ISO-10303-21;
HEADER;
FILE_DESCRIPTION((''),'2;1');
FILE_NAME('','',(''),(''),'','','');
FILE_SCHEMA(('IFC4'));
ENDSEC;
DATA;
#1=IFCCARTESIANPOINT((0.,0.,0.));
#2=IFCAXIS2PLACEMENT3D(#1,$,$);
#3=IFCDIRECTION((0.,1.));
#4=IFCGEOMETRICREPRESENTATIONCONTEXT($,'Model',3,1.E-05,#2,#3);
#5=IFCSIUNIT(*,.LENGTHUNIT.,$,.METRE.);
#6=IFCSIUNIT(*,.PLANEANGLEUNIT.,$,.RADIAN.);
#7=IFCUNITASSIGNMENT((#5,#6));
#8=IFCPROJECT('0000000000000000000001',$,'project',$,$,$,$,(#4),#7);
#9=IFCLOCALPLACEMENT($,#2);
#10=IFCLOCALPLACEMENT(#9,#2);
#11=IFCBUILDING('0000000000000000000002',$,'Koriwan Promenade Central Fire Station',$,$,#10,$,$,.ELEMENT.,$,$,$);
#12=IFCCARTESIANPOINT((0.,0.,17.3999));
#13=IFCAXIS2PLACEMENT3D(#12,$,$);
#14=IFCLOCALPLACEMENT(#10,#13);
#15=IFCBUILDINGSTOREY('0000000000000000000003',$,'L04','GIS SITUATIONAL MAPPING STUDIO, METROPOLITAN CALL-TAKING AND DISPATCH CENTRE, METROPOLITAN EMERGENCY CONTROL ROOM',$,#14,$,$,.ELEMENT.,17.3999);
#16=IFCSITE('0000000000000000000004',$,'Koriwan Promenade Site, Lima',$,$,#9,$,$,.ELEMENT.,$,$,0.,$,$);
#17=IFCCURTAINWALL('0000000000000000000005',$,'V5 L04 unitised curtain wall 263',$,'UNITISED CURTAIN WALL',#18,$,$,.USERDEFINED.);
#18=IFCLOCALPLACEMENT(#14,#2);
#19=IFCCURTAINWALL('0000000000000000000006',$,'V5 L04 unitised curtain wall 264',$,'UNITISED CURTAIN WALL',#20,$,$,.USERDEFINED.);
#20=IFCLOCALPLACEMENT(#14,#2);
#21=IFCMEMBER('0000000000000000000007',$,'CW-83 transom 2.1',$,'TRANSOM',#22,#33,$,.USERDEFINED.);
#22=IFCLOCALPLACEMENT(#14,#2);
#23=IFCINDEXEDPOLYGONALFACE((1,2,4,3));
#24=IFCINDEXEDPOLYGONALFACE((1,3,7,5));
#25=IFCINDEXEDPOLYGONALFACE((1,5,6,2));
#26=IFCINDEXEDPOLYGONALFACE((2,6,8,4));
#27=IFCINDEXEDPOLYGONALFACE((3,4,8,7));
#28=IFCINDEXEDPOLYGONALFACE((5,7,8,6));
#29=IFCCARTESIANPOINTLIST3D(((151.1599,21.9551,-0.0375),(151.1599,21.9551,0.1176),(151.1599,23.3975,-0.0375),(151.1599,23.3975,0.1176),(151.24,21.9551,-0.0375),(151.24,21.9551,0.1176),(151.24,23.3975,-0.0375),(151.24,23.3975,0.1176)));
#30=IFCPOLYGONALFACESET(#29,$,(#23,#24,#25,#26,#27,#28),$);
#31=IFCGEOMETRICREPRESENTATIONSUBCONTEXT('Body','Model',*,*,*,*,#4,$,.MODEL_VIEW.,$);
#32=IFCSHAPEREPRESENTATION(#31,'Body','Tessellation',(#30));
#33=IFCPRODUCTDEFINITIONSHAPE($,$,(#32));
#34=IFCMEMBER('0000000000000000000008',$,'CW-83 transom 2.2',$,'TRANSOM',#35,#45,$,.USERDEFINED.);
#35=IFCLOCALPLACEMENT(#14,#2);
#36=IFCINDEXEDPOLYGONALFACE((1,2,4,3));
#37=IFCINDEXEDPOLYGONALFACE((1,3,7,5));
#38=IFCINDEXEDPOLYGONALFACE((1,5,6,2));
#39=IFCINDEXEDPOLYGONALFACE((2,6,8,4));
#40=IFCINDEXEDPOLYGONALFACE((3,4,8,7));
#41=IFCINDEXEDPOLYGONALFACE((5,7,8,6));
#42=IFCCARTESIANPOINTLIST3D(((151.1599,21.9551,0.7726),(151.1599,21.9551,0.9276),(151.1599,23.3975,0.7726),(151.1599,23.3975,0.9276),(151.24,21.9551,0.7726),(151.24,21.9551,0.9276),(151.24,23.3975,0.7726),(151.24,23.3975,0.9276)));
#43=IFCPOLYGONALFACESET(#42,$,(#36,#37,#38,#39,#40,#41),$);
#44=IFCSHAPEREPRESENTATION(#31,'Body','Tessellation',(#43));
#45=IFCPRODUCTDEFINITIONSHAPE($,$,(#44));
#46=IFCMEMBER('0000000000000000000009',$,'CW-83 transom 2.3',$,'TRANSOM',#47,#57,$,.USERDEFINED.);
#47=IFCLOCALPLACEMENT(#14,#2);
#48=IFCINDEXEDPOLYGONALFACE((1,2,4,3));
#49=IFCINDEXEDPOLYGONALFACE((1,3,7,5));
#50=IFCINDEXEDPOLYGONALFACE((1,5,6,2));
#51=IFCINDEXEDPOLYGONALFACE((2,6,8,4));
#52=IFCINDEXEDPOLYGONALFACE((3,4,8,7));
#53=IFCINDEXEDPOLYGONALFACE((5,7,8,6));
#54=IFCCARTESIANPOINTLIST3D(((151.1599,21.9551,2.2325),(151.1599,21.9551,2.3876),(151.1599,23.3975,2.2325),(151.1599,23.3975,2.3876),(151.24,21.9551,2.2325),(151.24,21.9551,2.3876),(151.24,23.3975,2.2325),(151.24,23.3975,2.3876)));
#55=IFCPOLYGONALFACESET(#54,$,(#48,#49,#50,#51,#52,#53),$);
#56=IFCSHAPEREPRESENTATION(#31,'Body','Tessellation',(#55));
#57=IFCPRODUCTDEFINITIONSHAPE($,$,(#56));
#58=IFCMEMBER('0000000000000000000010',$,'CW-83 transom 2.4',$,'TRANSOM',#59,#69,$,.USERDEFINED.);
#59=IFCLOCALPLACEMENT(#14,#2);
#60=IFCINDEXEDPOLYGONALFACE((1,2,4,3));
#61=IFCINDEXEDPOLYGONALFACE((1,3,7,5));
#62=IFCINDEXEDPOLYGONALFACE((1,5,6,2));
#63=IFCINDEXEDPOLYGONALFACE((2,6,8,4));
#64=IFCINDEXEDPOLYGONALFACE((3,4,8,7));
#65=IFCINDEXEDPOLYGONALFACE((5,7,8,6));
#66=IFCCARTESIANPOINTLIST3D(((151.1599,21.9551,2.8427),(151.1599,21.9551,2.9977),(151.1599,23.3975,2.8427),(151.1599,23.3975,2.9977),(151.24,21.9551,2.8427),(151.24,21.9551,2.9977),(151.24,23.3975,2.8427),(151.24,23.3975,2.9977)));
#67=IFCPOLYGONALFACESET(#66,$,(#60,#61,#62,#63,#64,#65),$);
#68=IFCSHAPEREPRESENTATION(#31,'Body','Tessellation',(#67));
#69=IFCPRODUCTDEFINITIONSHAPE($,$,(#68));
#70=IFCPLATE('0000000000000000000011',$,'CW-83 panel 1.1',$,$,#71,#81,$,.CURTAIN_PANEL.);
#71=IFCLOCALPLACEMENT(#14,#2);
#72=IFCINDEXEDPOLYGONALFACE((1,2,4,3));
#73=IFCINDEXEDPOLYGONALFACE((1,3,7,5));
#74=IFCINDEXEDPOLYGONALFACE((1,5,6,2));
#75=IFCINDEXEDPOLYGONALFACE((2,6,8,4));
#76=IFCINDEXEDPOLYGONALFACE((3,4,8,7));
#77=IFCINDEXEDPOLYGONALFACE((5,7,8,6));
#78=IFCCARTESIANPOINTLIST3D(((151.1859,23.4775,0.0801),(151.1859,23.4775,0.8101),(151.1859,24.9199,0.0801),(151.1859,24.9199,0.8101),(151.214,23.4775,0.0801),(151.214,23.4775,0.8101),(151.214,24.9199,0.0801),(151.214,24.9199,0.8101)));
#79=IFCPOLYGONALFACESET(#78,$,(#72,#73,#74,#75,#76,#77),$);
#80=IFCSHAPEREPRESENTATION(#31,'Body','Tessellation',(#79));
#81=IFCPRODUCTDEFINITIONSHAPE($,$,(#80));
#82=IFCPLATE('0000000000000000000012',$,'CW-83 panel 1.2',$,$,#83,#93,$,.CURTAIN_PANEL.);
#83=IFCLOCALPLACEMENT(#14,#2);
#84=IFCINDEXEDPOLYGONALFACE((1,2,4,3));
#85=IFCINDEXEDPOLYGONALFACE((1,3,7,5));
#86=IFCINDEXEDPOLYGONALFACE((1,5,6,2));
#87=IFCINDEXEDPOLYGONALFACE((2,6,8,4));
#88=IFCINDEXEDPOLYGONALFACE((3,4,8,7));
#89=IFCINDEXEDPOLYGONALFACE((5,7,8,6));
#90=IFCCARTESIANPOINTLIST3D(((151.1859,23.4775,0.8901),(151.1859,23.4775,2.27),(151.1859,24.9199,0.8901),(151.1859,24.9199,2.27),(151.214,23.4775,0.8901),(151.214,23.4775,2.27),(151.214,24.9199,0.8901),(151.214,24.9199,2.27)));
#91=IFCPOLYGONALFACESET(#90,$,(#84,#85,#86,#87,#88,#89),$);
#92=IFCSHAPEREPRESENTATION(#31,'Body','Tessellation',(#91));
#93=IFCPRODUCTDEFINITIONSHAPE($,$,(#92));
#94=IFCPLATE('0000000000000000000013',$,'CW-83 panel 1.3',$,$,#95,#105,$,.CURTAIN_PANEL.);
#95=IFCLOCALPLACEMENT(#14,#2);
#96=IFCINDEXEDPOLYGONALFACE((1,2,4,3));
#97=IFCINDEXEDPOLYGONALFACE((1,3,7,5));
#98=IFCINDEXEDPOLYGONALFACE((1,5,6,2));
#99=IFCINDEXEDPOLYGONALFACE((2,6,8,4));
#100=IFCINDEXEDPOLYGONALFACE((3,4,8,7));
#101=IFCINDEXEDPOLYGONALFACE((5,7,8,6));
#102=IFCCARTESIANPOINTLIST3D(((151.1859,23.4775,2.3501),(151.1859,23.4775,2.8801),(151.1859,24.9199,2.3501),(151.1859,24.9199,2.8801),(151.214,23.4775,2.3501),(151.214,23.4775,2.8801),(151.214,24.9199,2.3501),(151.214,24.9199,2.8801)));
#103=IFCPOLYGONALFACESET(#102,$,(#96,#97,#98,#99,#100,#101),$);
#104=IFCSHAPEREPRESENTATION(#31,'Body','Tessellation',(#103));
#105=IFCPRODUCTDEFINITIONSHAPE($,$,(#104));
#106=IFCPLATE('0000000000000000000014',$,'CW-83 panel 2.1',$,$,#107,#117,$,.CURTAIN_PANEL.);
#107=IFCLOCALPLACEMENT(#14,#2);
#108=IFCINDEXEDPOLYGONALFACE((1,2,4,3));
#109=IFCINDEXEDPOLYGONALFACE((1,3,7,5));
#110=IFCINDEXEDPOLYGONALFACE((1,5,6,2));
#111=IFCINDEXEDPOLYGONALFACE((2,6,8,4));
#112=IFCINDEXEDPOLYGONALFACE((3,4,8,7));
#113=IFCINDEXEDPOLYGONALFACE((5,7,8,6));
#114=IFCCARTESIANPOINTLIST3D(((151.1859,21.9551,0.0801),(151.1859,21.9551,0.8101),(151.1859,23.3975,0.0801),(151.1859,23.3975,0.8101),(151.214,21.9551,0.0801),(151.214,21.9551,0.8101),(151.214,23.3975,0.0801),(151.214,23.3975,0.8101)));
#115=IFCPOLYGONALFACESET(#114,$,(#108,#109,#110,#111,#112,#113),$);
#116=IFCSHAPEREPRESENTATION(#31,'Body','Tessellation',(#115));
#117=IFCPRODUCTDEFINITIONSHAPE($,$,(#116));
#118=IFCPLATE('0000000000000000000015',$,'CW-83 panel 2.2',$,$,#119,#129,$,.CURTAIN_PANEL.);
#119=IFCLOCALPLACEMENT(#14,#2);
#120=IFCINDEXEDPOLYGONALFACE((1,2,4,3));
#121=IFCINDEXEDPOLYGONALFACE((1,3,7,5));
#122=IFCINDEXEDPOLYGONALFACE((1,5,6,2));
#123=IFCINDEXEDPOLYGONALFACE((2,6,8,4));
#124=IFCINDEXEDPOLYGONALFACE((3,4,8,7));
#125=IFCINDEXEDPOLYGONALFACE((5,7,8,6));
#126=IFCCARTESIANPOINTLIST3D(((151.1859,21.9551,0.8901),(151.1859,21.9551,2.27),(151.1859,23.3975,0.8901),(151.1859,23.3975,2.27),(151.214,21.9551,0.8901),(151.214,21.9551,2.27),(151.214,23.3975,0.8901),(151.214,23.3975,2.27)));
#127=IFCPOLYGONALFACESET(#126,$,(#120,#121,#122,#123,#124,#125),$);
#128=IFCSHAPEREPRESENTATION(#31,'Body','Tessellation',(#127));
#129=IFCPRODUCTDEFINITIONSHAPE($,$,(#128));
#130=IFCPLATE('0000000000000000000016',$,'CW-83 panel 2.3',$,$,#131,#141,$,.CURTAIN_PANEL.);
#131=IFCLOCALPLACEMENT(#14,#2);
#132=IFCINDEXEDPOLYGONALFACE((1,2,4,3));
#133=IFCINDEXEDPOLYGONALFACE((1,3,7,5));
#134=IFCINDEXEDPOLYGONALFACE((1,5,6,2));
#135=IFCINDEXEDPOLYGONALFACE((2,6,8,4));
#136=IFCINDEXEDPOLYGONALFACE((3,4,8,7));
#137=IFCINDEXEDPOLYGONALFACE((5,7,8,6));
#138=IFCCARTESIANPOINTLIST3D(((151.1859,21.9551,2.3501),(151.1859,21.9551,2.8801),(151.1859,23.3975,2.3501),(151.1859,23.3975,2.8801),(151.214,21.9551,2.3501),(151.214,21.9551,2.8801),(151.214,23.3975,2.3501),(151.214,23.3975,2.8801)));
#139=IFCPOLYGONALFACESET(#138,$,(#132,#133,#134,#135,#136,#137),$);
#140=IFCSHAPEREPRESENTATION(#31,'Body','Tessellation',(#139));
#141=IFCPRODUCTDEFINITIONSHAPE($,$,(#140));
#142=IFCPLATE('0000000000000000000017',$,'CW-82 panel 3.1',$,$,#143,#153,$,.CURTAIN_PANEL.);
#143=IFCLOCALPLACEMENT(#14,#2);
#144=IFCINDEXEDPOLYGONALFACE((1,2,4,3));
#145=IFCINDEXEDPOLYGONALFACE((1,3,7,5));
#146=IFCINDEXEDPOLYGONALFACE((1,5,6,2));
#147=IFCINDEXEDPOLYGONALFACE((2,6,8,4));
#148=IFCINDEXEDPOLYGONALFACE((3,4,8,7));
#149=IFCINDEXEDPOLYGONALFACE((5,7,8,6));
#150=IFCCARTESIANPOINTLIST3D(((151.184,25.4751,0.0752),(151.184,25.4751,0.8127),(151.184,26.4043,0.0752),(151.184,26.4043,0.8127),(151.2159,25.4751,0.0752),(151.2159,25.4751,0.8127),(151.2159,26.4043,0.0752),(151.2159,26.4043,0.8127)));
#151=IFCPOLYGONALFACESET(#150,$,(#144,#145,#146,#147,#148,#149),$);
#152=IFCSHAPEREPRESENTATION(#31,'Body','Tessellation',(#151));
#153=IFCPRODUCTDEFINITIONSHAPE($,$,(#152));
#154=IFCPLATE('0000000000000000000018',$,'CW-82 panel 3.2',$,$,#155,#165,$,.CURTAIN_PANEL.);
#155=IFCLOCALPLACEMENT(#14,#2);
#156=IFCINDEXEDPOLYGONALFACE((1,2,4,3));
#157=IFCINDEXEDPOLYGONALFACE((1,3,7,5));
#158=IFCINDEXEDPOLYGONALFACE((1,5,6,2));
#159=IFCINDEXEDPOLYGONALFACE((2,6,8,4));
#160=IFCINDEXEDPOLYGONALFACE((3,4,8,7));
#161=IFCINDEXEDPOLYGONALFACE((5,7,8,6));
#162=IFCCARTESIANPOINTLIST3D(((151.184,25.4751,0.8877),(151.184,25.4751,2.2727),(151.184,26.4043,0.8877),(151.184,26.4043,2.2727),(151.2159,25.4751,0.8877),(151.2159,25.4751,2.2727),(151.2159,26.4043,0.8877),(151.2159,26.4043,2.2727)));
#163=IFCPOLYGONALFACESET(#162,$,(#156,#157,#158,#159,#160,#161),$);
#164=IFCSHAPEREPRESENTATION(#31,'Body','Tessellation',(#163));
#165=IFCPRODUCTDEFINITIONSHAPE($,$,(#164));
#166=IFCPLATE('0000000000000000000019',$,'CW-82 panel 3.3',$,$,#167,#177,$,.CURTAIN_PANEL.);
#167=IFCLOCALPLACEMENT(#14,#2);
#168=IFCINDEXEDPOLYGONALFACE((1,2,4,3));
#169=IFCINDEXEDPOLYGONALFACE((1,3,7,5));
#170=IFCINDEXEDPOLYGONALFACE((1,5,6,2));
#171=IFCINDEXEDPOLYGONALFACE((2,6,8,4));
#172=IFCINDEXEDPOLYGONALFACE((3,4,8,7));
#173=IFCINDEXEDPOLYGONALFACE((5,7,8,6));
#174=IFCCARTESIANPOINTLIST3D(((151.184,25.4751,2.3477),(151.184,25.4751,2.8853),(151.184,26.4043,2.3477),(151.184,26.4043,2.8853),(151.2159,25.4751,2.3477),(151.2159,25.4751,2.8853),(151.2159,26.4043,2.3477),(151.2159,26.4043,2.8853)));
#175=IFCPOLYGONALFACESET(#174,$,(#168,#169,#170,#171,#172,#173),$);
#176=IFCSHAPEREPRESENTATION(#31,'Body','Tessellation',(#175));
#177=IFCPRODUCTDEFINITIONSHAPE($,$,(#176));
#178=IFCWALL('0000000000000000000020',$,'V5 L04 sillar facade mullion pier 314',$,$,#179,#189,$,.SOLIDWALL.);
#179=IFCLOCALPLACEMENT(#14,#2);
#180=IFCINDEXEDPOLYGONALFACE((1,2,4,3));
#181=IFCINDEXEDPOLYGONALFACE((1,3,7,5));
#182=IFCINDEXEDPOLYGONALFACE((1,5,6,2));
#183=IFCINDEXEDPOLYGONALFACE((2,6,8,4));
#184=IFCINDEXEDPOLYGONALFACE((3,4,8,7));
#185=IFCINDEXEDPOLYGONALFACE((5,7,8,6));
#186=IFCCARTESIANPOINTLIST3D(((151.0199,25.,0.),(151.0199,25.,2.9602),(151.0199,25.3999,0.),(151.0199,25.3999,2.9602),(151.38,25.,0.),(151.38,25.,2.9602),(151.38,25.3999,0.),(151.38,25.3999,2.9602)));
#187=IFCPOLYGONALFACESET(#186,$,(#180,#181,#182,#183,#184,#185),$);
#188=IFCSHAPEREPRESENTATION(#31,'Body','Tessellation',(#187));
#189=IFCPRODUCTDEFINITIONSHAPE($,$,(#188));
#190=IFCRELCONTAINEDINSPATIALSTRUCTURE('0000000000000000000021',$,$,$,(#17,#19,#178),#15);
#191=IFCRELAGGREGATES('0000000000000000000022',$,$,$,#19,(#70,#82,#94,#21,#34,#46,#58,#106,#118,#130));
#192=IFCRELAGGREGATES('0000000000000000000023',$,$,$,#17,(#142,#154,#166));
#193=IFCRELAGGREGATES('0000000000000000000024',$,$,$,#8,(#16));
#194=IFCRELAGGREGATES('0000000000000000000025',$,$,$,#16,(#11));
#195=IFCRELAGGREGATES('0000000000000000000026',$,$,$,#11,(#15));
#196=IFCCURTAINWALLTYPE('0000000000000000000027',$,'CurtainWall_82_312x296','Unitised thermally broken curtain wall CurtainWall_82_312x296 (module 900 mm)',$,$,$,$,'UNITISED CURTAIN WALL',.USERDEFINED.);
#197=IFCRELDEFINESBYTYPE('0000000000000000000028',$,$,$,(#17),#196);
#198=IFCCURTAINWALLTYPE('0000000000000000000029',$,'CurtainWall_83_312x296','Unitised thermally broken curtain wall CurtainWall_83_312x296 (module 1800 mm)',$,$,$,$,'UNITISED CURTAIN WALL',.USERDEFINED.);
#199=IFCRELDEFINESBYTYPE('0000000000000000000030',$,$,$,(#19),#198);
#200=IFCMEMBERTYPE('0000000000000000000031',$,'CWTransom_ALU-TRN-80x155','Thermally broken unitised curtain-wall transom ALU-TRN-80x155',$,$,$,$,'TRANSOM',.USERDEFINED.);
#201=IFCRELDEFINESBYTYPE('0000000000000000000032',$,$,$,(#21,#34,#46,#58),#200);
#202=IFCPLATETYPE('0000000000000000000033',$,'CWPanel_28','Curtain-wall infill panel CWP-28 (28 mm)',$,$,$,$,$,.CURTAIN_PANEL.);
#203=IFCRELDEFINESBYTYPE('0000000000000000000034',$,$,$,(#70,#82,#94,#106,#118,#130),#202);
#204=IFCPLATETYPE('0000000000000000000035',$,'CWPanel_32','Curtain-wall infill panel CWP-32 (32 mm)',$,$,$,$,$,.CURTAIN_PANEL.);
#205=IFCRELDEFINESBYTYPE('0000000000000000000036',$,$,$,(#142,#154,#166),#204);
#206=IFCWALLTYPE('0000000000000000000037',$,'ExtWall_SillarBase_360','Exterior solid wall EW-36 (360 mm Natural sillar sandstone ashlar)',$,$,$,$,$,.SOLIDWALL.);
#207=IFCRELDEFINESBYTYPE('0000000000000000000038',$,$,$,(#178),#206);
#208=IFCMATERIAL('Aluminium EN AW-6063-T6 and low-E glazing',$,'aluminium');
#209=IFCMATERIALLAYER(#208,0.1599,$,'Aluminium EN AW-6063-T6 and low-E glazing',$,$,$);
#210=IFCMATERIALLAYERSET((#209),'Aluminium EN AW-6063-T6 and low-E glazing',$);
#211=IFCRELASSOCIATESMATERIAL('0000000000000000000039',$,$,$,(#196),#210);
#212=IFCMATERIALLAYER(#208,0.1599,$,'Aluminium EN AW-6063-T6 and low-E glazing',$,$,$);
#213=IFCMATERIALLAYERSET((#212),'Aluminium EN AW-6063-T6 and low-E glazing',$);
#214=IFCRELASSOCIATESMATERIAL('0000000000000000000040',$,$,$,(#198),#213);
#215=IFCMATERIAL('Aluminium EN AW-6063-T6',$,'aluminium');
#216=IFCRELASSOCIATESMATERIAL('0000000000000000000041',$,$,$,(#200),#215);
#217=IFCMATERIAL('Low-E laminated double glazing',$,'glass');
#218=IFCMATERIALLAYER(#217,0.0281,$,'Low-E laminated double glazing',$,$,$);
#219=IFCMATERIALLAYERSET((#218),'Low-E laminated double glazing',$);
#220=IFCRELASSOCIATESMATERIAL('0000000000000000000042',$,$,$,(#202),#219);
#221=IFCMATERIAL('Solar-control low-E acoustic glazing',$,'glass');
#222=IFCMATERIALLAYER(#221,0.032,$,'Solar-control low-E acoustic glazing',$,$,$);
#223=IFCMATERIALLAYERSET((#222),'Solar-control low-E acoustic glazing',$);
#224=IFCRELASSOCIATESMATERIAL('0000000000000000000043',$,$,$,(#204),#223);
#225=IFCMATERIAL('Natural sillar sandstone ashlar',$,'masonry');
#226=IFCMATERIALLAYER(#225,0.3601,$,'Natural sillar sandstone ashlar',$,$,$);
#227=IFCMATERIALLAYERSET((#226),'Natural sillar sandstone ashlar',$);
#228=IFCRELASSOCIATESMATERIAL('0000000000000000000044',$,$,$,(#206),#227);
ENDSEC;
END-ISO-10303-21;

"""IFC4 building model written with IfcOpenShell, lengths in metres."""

from ifc_helpers import new_model, si_unit, direction, frame, frame_2d, origin, origin_2d, place, context, subcontext, project, spatial, rectangle, extrude, material, layer, layer_set, material_profile, profile_set, type_object, element, aggregate, save


model = new_model("IFC4")

# Units and contexts
model_context = context("Model", 3, precision=1e-05, world=origin(), true_north=direction((0.0, 1.0)))
body_context = subcontext(model_context, "Body", "Model", "MODEL_VIEW")
ifc_project = project(units=[si_unit("LENGTHUNIT", "METRE"), si_unit("PLANEANGLEUNIT", "RADIAN")], contexts=[model_context])

# Site, building, storey
site_placement = place(None, origin())
site = spatial("IfcSite", under=ifc_project, at=site_placement, Name="Koriwan Promenade Site, Lima", CompositionType="ELEMENT", RefElevation=0.0)
building_placement = place(site_placement, origin())
building = spatial("IfcBuilding", under=site, at=building_placement, Name="Koriwan Promenade Central Fire Station", CompositionType="ELEMENT")
storey_placement = place(building_placement, frame((0.0, 0.0, 17.3999)))
storey = spatial("IfcBuildingStorey", under=building, at=storey_placement, Name="L04", Description="GIS SITUATIONAL MAPPING STUDIO, METROPOLITAN CALL-TAKING AND DISPATCH CENTRE, METROPOLITAN EMERGENCY CONTROL ROOM", CompositionType="ELEMENT", Elevation=17.3999)

# Curtain wall
ifc_material_1 = material(Name="Aluminium EN AW-6063-T6 and low-E glazing", Category="aluminium")
ifc_layer_1 = layer(ifc_material_1, 0.1599, Name="Aluminium EN AW-6063-T6 and low-E glazing")
ifc_layer_set_1 = layer_set([ifc_layer_1], Name="Aluminium EN AW-6063-T6 and low-E glazing")
curtain_wall_type_1 = type_object("IfcCurtainWallType", Name="CurtainWall_82_312x296", Description="Unitised thermally broken curtain wall CurtainWall_82_312x296 (module 900 mm)", ElementType="UNITISED CURTAIN WALL", PredefinedType="USERDEFINED", material=ifc_layer_set_1)
curtain_wall_1_placement = place(storey_placement, origin())
curtain_wall_1 = element("IfcCurtainWall", 1, at=curtain_wall_1_placement, inside=storey, type_object=curtain_wall_type_1, Name="V5 L04 unitised curtain wall 263", ObjectType="UNITISED CURTAIN WALL", PredefinedType="USERDEFINED")
ifc_material_2 = material(Name="Aluminium EN AW-6063-T6", Category="aluminium")

# Curtain wall
ifc_layer_2 = layer(ifc_material_1, 0.1599, Name="Aluminium EN AW-6063-T6 and low-E glazing")
ifc_layer_set_2 = layer_set([ifc_layer_2], Name="Aluminium EN AW-6063-T6 and low-E glazing")
curtain_wall_type_2 = type_object("IfcCurtainWallType", Name="CurtainWall_83_312x296", Description="Unitised thermally broken curtain wall CurtainWall_83_312x296 (module 1800 mm)", ElementType="UNITISED CURTAIN WALL", PredefinedType="USERDEFINED", material=ifc_layer_set_2)
curtain_wall_2_placement = place(storey_placement, origin())
curtain_wall_2 = element("IfcCurtainWall", 2, at=curtain_wall_2_placement, inside=storey, type_object=curtain_wall_type_2, Name="V5 L04 unitised curtain wall 264", ObjectType="UNITISED CURTAIN WALL", PredefinedType="USERDEFINED")

# Members
ifc_material_profile_1 = material_profile(ifc_material_2, rectangle(XDim=0.0801, YDim=0.155, at=origin_2d()), Name="ALU-TRN-80x155")
ifc_profile_set_1 = profile_set([ifc_material_profile_1], Name="Aluminium EN AW-6063-T6")
member_type_1 = type_object("IfcMemberType", Name="CWTransom_ALU-TRN-80x155", Description="Thermally broken unitised curtain-wall transom ALU-TRN-80x155", ElementType="TRANSOM", PredefinedType="USERDEFINED", material=ifc_profile_set_1)
member_1_placement = place(storey_placement, frame((151.2, 23.3975, 0.04), z_axis=(0.0, -1.0, 0.0), x_axis=(1.0, 0.0, 0.0)))
member_1 = element("IfcMember", 3, at=member_1_placement, type_object=member_type_1, Name="CW-83 transom 2.1", ObjectType="TRANSOM", PredefinedType="USERDEFINED", context=body_context, shape_type="SweptSolid", body=[
    extrude(rectangle(XDim=0.0801, YDim=0.155, at=origin_2d()), origin(), (0.0, 0.0, 1.0), 1.4424),
])
member_2_placement = place(storey_placement, frame((151.2, 23.3975, 0.8501), z_axis=(0.0, -1.0, 0.0), x_axis=(1.0, 0.0, 0.0)))
member_2 = element("IfcMember", 4, at=member_2_placement, type_object=member_type_1, Name="CW-83 transom 2.2", ObjectType="TRANSOM", PredefinedType="USERDEFINED", context=body_context, shape_type="SweptSolid", body=[
    extrude(rectangle(XDim=0.0801, YDim=0.155, at=origin_2d()), origin(), (0.0, 0.0, 1.0), 1.4424),
])
member_3_placement = place(storey_placement, frame((151.2, 23.3975, 2.3101), z_axis=(0.0, -1.0, 0.0), x_axis=(1.0, 0.0, 0.0)))
member_3 = element("IfcMember", 5, at=member_3_placement, type_object=member_type_1, Name="CW-83 transom 2.3", ObjectType="TRANSOM", PredefinedType="USERDEFINED", context=body_context, shape_type="SweptSolid", body=[
    extrude(rectangle(XDim=0.0801, YDim=0.155, at=origin_2d()), origin(), (0.0, 0.0, 1.0), 1.4424),
])
member_4_placement = place(storey_placement, frame((151.2, 23.3975, 2.9202), z_axis=(0.0, -1.0, 0.0), x_axis=(1.0, 0.0, 0.0)))
member_4 = element("IfcMember", 6, at=member_4_placement, type_object=member_type_1, Name="CW-83 transom 2.4", ObjectType="TRANSOM", PredefinedType="USERDEFINED", context=body_context, shape_type="SweptSolid", body=[
    extrude(rectangle(XDim=0.0801, YDim=0.155, at=origin_2d()), origin(), (0.0, 0.0, 1.0), 1.4424),
])

# Plates
ifc_material_3 = material(Name="Low-E laminated double glazing", Category="glass")
ifc_layer_3 = layer(ifc_material_3, 0.0281, Name="Low-E laminated double glazing")
ifc_layer_set_3 = layer_set([ifc_layer_3], Name="Low-E laminated double glazing")
plate_type_1 = type_object("IfcPlateType", Name="CWPanel_28", Description="Curtain-wall infill panel CWP-28 (28 mm)", PredefinedType="CURTAIN_PANEL", material=ifc_layer_set_3)
plate_1_placement = place(storey_placement, frame((151.2, 24.1987, 0.0801), z_axis=(0.0, 0.0, 1.0), x_axis=(0.0, -1.0, 0.0)))
plate_1 = element("IfcPlate", 7, at=plate_1_placement, type_object=plate_type_1, Name="CW-83 panel 1.1", PredefinedType="CURTAIN_PANEL", context=body_context, shape_type="SweptSolid", body=[
    extrude(rectangle(XDim=1.4424, YDim=0.0281, at=origin_2d()), origin(), (0.0, 0.0, 1.0), 0.73),
])
plate_2_placement = place(storey_placement, frame((151.2, 24.1987, 0.8901), z_axis=(0.0, 0.0, 1.0), x_axis=(0.0, -1.0, 0.0)))
plate_2 = element("IfcPlate", 8, at=plate_2_placement, type_object=plate_type_1, Name="CW-83 panel 1.2", PredefinedType="CURTAIN_PANEL", context=body_context, shape_type="SweptSolid", body=[
    extrude(rectangle(XDim=1.4424, YDim=0.0281, at=origin_2d()), origin(), (0.0, 0.0, 1.0), 1.3799),
])
plate_3_placement = place(storey_placement, frame((151.2, 24.1987, 2.3501), z_axis=(0.0, 0.0, 1.0), x_axis=(0.0, -1.0, 0.0)))
plate_3 = element("IfcPlate", 9, at=plate_3_placement, type_object=plate_type_1, Name="CW-83 panel 1.3", PredefinedType="CURTAIN_PANEL", context=body_context, shape_type="SweptSolid", body=[
    extrude(rectangle(XDim=1.4424, YDim=0.0281, at=origin_2d()), origin(), (0.0, 0.0, 1.0), 0.53),
])
plate_4_placement = place(storey_placement, frame((151.2, 22.6763, 0.0801), z_axis=(0.0, 0.0, 1.0), x_axis=(0.0, -1.0, 0.0)))
plate_4 = element("IfcPlate", 10, at=plate_4_placement, type_object=plate_type_1, Name="CW-83 panel 2.1", PredefinedType="CURTAIN_PANEL", context=body_context, shape_type="SweptSolid", body=[
    extrude(rectangle(XDim=1.4424, YDim=0.0281, at=origin_2d()), origin(), (0.0, 0.0, 1.0), 0.73),
])
plate_5_placement = place(storey_placement, frame((151.2, 22.6763, 0.8901), z_axis=(0.0, 0.0, 1.0), x_axis=(0.0, -1.0, 0.0)))
plate_5 = element("IfcPlate", 11, at=plate_5_placement, type_object=plate_type_1, Name="CW-83 panel 2.2", PredefinedType="CURTAIN_PANEL", context=body_context, shape_type="SweptSolid", body=[
    extrude(rectangle(XDim=1.4424, YDim=0.0281, at=origin_2d()), origin(), (0.0, 0.0, 1.0), 1.3799),
])
plate_6_placement = place(storey_placement, frame((151.2, 22.6763, 2.3501), z_axis=(0.0, 0.0, 1.0), x_axis=(0.0, -1.0, 0.0)))
plate_6 = element("IfcPlate", 12, at=plate_6_placement, type_object=plate_type_1, Name="CW-83 panel 2.3", PredefinedType="CURTAIN_PANEL", context=body_context, shape_type="SweptSolid", body=[
    extrude(rectangle(XDim=1.4424, YDim=0.0281, at=origin_2d()), origin(), (0.0, 0.0, 1.0), 0.53),
])
aggregate(curtain_wall_2, [plate_1, plate_2, plate_3, member_1, member_2, member_3, member_4, plate_4, plate_5, plate_6])
ifc_material_4 = material(Name="Solar-control low-E acoustic glazing", Category="glass")
ifc_layer_4 = layer(ifc_material_4, 0.032, Name="Solar-control low-E acoustic glazing")
ifc_layer_set_4 = layer_set([ifc_layer_4], Name="Solar-control low-E acoustic glazing")
plate_type_2 = type_object("IfcPlateType", Name="CWPanel_32", Description="Curtain-wall infill panel CWP-32 (32 mm)", PredefinedType="CURTAIN_PANEL", material=ifc_layer_set_4)
plate_7_placement = place(storey_placement, frame((151.2, 25.9397, 0.0752), z_axis=(0.0, 0.0, 1.0), x_axis=(0.0, -1.0, 0.0)))
plate_7 = element("IfcPlate", 13, at=plate_7_placement, type_object=plate_type_2, Name="CW-82 panel 3.1", PredefinedType="CURTAIN_PANEL", context=body_context, shape_type="SweptSolid", body=[
    extrude(rectangle(XDim=0.9292, YDim=0.032, at=origin_2d()), origin(), (0.0, 0.0, 1.0), 0.7375),
])
plate_8_placement = place(storey_placement, frame((151.2, 25.9397, 0.8877), z_axis=(0.0, 0.0, 1.0), x_axis=(0.0, -1.0, 0.0)))
plate_8 = element("IfcPlate", 14, at=plate_8_placement, type_object=plate_type_2, Name="CW-82 panel 3.2", PredefinedType="CURTAIN_PANEL", context=body_context, shape_type="SweptSolid", body=[
    extrude(rectangle(XDim=0.9292, YDim=0.032, at=origin_2d()), origin(), (0.0, 0.0, 1.0), 1.385),
])
plate_9_placement = place(storey_placement, frame((151.2, 25.9397, 2.3477), z_axis=(0.0, 0.0, 1.0), x_axis=(0.0, -1.0, 0.0)))
plate_9 = element("IfcPlate", 15, at=plate_9_placement, type_object=plate_type_2, Name="CW-82 panel 3.3", PredefinedType="CURTAIN_PANEL", context=body_context, shape_type="SweptSolid", body=[
    extrude(rectangle(XDim=0.9292, YDim=0.032, at=origin_2d()), origin(), (0.0, 0.0, 1.0), 0.5376),
])
aggregate(curtain_wall_1, [plate_7, plate_8, plate_9])

# Wall
ifc_material_5 = material(Name="Natural sillar sandstone ashlar", Category="masonry")
ifc_layer_5 = layer(ifc_material_5, 0.3601, Name="Natural sillar sandstone ashlar")
ifc_layer_set_5 = layer_set([ifc_layer_5], Name="Natural sillar sandstone ashlar")
wall_type_1 = type_object("IfcWallType", Name="ExtWall_SillarBase_360", Description="Exterior solid wall EW-36 (360 mm Natural sillar sandstone ashlar)", PredefinedType="SOLIDWALL", material=ifc_layer_set_5)
wall_1_placement = place(storey_placement, frame((151.2, 25.3999, 0.0), z_axis=(0.0, 0.0, 1.0), x_axis=(0.0, -1.0, 0.0)))
element("IfcWall", 16, at=wall_1_placement, inside=storey, type_object=wall_type_1, Name="V5 L04 sillar facade mullion pier 314", PredefinedType="SOLIDWALL", context=body_context, shape_type="SweptSolid", body=[
    extrude(rectangle(XDim=0.3999, YDim=0.3601, at=frame_2d((0.2, 0.0))), origin(), (0.0, 0.0, 1.0), 2.9602),
])

save(model, "model.ifc")
